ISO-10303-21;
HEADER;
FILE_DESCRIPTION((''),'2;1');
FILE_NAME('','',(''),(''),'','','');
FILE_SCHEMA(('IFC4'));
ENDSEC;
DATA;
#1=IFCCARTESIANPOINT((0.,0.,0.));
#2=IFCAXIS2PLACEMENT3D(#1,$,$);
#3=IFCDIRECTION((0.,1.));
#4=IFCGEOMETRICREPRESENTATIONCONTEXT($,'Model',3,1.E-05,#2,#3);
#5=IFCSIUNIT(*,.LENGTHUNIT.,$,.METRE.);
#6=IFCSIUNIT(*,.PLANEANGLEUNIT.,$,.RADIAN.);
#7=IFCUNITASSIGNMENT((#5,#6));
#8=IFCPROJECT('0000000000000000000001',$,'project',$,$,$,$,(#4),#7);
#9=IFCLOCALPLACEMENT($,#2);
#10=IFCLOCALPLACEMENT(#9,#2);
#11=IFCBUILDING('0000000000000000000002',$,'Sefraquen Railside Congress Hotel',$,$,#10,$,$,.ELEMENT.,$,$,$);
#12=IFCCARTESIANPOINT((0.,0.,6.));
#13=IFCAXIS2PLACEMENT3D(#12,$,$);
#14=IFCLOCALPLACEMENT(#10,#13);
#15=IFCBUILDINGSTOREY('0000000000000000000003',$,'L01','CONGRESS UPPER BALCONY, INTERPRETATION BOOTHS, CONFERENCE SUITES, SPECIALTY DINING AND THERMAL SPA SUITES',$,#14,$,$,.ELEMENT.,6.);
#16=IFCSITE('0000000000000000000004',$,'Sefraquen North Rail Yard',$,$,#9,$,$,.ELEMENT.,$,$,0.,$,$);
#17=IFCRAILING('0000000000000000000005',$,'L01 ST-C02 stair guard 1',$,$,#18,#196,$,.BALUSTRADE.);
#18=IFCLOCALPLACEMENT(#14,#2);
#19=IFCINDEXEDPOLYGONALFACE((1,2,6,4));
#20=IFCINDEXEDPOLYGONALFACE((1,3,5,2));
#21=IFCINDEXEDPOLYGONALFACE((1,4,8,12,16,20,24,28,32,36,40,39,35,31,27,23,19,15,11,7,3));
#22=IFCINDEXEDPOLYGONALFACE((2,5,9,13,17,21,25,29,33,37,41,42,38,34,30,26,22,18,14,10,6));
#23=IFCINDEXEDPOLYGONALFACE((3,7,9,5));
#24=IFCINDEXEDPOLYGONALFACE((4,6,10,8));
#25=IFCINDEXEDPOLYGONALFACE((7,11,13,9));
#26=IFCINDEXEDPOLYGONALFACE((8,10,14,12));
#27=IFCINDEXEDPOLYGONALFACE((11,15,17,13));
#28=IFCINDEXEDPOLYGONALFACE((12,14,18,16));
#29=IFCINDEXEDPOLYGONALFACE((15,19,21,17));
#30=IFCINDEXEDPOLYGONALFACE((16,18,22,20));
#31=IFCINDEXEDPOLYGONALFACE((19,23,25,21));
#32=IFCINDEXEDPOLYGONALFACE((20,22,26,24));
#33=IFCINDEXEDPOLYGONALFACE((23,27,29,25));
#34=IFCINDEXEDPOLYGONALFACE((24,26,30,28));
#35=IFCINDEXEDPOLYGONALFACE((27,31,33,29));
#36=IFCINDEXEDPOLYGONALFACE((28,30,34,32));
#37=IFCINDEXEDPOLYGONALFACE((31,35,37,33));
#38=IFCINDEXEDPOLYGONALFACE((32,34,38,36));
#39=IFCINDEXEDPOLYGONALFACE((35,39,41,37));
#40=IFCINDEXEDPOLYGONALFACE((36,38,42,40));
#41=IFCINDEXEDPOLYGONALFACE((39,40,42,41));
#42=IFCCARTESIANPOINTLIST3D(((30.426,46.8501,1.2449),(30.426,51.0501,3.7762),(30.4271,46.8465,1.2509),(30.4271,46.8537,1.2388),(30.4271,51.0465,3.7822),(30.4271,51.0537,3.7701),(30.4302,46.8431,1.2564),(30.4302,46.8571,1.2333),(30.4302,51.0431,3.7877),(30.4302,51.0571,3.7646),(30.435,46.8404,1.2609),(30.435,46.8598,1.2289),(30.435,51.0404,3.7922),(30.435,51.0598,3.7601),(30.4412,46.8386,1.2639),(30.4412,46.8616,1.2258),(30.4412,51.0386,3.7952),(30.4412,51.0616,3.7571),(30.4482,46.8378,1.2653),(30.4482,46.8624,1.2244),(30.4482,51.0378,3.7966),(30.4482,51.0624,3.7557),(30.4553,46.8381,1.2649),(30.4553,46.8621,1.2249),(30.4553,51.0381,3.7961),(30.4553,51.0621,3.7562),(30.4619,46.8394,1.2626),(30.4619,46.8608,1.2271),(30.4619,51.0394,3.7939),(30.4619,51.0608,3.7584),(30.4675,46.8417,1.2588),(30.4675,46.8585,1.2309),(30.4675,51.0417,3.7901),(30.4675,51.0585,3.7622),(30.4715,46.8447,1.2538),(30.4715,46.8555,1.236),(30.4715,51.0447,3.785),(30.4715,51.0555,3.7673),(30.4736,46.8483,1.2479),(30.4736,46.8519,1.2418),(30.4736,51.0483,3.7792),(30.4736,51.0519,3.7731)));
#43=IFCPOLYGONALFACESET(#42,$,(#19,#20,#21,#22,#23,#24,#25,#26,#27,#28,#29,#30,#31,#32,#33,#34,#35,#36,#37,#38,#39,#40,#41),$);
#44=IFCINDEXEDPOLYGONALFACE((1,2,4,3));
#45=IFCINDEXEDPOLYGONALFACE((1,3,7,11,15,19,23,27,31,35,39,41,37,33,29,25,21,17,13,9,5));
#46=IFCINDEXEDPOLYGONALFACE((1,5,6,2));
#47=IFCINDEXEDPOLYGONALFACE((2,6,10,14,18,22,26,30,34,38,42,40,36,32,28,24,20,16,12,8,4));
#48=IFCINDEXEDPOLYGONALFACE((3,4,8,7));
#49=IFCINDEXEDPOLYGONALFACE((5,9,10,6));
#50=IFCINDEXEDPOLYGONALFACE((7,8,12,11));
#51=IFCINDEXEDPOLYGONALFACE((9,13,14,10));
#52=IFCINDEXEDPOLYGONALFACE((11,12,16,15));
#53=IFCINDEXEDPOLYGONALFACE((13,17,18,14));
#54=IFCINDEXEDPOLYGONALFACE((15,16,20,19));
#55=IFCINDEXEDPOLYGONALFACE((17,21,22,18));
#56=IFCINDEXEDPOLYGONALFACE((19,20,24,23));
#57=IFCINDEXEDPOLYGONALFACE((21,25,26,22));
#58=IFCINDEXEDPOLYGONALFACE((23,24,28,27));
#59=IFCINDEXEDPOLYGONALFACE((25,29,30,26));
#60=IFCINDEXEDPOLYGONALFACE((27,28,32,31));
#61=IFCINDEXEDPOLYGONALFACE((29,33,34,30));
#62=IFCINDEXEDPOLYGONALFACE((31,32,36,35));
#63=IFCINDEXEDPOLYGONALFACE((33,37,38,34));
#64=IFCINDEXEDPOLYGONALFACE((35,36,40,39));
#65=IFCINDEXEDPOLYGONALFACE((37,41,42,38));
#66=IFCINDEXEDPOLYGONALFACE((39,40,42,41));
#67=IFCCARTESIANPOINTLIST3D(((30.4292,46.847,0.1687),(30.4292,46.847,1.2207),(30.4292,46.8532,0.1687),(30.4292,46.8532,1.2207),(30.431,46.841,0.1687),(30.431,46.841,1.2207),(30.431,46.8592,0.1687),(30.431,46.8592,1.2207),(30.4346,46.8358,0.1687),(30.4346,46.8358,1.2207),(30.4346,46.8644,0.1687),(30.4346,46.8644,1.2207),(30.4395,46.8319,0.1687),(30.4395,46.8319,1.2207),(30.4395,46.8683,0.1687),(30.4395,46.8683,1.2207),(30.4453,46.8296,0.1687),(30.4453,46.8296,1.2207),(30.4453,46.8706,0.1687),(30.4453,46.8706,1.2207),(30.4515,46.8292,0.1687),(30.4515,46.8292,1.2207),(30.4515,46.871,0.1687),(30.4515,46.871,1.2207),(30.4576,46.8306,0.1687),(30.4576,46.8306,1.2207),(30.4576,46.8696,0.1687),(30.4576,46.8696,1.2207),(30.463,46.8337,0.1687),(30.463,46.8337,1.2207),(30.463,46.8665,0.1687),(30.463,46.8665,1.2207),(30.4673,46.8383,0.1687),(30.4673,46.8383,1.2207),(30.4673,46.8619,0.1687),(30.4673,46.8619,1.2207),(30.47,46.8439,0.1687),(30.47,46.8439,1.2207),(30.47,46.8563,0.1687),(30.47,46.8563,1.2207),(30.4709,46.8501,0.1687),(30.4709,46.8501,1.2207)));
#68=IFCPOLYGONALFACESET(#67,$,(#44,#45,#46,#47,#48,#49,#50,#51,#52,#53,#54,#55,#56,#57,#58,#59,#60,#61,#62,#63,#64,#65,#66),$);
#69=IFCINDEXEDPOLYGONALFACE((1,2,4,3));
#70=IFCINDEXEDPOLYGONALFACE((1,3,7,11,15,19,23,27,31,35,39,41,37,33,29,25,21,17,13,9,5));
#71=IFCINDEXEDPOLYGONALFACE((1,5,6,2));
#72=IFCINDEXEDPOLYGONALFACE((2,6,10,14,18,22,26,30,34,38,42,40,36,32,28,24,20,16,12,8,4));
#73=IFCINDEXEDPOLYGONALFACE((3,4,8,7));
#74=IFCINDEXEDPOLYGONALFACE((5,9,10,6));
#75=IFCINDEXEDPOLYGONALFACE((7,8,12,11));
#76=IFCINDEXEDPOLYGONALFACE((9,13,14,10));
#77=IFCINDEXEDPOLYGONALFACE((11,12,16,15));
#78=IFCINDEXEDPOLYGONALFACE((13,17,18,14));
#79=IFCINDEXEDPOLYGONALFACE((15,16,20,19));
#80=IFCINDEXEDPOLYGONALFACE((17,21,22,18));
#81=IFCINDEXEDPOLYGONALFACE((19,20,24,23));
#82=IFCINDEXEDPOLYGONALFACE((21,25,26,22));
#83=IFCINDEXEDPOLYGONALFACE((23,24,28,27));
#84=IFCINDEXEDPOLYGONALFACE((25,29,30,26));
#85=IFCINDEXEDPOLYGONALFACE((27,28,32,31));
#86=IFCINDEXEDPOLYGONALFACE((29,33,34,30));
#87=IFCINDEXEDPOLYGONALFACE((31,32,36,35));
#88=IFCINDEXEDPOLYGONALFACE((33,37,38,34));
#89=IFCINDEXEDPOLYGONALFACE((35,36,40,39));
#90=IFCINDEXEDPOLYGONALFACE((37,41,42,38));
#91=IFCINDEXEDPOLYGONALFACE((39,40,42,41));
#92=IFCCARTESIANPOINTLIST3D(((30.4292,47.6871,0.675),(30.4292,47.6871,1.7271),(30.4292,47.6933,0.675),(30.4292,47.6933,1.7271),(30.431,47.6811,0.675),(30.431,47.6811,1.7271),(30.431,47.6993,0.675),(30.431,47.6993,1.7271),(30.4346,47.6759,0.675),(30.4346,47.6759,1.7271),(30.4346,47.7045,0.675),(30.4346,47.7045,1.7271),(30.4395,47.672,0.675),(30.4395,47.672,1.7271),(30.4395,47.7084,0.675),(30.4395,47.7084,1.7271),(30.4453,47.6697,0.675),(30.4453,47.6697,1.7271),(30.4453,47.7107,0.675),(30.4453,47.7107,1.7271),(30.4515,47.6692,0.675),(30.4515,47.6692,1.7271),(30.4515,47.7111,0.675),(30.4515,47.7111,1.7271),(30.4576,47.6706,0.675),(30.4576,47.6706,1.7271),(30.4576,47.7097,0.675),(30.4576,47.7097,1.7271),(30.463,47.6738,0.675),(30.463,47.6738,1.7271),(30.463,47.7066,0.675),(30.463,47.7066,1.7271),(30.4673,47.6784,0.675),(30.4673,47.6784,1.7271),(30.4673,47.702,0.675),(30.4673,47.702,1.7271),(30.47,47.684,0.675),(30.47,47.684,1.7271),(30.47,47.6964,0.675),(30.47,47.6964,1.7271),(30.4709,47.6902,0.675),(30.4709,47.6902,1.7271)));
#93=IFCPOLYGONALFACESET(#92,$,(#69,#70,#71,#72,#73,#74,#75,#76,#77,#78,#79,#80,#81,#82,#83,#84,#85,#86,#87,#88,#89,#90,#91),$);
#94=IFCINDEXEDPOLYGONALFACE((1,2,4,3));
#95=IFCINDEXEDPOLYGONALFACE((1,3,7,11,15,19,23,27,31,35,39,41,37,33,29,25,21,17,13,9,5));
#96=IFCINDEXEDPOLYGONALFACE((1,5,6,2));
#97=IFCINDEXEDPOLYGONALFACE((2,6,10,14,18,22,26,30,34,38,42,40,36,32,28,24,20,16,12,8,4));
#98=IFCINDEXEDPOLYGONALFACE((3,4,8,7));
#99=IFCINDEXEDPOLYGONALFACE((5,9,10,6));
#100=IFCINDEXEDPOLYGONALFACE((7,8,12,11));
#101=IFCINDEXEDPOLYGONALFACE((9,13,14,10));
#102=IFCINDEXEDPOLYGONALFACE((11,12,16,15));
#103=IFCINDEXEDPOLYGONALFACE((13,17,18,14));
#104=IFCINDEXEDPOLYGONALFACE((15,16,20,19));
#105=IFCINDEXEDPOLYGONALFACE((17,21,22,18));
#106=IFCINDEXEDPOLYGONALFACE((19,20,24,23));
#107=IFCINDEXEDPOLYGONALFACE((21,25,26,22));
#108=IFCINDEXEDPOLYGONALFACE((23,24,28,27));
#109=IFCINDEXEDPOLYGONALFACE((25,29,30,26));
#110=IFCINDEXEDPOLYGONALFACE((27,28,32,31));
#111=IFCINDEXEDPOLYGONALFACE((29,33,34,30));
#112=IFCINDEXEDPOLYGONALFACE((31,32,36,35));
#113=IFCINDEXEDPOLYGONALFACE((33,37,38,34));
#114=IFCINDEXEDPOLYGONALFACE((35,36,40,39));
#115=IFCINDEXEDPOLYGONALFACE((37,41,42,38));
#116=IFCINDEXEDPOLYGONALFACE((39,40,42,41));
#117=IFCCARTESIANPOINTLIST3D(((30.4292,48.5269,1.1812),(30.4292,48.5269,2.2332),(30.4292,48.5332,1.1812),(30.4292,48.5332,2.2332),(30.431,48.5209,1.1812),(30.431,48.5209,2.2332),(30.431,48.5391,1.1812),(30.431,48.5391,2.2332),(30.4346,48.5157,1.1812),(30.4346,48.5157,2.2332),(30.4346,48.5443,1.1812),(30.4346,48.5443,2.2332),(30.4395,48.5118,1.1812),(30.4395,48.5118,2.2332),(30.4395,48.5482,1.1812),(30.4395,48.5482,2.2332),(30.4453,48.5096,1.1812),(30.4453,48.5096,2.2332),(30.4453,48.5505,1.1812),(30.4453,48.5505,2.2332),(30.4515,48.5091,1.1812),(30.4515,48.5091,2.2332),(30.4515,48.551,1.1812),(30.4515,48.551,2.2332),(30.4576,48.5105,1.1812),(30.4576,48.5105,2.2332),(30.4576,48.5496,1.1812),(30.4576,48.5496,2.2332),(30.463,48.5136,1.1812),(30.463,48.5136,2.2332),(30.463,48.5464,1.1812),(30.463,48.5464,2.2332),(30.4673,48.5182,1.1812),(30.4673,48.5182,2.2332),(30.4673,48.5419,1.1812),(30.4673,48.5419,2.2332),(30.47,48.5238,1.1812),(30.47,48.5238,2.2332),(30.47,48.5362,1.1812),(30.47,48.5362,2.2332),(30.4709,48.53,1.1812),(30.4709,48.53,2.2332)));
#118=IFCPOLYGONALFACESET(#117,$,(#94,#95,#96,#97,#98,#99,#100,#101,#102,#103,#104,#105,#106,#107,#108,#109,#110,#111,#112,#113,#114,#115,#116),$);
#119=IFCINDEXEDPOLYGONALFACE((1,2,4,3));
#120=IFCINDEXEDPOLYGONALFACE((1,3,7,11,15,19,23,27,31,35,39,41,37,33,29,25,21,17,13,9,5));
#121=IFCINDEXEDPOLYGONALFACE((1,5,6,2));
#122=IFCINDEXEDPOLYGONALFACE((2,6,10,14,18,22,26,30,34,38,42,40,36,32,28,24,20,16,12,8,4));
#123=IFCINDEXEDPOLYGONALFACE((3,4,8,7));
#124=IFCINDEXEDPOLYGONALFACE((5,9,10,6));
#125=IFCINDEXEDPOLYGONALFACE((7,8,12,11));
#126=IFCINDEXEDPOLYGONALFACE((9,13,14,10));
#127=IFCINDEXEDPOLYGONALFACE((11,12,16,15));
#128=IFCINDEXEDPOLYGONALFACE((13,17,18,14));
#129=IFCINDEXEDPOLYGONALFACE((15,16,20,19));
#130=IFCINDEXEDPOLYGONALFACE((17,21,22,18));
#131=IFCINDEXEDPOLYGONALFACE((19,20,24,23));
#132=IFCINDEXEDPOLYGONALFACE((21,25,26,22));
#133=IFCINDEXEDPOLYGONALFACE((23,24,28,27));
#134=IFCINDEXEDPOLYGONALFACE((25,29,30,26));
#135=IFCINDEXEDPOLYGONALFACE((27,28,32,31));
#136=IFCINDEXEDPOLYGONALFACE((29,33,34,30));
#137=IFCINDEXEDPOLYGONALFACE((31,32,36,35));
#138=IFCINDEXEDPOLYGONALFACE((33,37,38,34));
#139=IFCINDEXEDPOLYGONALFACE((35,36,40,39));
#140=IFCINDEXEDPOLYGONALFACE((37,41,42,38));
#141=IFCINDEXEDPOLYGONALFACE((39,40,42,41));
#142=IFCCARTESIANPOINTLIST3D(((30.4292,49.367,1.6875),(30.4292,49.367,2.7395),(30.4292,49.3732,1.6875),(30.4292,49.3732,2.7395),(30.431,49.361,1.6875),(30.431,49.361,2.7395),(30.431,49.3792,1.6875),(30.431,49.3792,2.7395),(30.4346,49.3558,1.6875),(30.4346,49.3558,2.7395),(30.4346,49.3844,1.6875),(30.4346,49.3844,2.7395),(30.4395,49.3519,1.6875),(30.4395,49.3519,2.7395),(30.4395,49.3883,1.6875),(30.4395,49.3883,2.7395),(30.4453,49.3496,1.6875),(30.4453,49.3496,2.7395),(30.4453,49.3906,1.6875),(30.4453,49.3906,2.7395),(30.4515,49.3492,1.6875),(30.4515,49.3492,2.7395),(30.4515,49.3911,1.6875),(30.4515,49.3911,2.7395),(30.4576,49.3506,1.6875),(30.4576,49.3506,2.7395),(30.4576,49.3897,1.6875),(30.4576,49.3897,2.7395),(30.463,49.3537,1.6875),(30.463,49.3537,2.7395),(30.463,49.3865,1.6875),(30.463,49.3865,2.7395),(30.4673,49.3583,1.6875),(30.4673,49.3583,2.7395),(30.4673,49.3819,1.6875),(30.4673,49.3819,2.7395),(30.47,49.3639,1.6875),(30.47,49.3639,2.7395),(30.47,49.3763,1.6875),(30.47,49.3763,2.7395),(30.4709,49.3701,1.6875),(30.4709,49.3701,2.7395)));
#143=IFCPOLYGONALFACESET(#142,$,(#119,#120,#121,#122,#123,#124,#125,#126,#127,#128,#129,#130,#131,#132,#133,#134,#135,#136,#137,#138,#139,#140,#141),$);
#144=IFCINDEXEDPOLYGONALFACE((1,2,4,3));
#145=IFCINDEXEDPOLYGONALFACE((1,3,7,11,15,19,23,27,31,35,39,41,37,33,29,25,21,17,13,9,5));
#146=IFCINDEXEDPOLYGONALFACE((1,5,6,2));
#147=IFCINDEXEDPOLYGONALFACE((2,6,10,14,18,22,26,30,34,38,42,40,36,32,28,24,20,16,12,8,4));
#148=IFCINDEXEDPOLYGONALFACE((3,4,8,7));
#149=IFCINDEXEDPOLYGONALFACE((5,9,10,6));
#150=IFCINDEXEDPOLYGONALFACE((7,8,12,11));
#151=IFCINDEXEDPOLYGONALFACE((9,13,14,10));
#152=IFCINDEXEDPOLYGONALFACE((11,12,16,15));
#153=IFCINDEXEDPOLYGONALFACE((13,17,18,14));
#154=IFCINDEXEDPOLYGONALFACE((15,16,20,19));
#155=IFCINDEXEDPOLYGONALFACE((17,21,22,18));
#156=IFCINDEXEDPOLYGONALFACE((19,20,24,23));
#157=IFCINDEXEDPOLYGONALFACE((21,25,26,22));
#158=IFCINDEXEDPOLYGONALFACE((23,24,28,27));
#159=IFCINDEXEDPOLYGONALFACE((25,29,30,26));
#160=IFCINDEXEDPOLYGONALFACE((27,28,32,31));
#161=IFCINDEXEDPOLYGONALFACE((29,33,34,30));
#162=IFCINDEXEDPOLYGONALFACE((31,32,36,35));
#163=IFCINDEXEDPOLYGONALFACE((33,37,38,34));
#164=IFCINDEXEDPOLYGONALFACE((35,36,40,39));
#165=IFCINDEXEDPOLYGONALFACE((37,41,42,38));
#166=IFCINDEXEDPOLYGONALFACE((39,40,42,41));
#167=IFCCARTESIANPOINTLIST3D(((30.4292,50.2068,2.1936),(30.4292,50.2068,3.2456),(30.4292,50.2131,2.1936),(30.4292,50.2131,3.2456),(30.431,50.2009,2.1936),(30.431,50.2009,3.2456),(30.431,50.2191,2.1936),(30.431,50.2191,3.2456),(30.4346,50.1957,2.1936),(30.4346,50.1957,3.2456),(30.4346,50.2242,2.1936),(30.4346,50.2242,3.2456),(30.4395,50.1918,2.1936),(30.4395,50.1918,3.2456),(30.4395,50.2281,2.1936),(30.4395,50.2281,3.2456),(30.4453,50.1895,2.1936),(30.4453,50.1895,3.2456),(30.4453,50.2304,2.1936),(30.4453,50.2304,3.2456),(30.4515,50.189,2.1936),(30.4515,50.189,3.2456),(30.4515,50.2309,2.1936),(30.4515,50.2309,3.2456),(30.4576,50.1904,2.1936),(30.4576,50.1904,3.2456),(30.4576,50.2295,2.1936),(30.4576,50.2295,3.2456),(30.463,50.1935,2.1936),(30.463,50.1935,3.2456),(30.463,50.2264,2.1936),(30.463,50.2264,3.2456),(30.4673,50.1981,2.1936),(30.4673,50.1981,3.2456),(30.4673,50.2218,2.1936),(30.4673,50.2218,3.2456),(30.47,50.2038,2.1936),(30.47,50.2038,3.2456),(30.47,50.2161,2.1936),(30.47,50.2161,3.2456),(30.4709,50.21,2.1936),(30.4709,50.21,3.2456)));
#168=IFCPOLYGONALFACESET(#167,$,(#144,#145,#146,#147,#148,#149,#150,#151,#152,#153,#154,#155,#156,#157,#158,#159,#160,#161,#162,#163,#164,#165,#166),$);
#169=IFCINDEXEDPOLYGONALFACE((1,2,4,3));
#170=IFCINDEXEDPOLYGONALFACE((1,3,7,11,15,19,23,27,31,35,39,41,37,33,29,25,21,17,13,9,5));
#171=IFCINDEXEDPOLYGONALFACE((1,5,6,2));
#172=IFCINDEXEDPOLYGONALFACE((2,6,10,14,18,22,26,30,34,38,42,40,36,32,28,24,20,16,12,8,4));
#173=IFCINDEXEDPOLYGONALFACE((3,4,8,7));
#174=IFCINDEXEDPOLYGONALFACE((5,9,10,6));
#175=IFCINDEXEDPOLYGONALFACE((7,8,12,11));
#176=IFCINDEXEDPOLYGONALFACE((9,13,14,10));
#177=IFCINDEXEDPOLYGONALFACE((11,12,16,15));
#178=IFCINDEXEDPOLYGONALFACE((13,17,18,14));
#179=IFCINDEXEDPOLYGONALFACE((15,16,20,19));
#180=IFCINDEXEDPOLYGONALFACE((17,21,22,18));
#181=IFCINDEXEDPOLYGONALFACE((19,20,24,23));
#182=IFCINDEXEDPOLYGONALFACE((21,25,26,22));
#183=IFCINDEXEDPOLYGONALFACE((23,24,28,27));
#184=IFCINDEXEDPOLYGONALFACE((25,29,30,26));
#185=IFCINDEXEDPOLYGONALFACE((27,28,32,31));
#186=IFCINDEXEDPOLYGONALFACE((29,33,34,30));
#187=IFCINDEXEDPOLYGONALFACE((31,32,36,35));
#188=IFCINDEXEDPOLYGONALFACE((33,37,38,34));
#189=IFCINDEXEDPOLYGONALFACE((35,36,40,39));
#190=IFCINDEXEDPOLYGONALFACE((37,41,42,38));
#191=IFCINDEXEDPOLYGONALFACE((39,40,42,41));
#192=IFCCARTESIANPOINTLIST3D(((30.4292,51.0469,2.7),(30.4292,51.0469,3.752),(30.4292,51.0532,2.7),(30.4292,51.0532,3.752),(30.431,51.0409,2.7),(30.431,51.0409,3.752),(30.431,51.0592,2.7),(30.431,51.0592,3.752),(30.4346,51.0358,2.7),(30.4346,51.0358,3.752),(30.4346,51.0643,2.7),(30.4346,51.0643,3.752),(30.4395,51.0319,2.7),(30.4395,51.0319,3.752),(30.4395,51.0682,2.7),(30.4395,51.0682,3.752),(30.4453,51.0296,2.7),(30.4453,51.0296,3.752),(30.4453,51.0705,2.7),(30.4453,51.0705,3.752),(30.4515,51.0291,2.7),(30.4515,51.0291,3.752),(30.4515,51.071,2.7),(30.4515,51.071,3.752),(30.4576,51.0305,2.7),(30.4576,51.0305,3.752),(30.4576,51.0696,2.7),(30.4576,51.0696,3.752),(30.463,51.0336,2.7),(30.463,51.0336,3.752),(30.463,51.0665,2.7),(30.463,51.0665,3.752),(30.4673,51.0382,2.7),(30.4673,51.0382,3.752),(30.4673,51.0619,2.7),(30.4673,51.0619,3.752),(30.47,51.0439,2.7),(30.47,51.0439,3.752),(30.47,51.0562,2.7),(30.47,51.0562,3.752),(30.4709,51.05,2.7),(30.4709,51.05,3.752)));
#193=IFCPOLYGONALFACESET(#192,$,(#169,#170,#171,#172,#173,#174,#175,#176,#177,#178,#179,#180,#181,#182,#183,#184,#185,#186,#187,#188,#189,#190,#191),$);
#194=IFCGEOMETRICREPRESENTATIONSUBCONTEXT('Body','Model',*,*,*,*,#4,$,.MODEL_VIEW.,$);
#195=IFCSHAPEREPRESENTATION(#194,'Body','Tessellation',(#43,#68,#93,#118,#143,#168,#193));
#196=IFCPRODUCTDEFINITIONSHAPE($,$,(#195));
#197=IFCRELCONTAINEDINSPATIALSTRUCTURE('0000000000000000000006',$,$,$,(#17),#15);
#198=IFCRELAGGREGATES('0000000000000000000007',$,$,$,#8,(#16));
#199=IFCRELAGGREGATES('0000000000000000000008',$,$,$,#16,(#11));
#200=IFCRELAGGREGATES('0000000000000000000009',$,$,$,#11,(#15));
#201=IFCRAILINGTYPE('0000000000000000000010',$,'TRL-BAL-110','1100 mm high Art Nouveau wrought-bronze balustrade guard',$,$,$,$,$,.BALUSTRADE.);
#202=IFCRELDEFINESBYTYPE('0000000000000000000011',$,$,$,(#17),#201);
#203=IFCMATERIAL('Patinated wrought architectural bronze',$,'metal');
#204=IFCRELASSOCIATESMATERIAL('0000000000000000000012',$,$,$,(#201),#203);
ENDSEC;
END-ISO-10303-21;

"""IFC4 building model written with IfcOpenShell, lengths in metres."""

from ifc_helpers import new_model, si_unit, direction, frame, origin, origin_2d, place, context, subcontext, project, spatial, circle, extrude, material, type_object, element, save


model = new_model("IFC4")

# Units and contexts
model_context = context("Model", 3, precision=1e-05, world=origin(), true_north=direction((0.0, 1.0)))
body_context = subcontext(model_context, "Body", "Model", "MODEL_VIEW")
ifc_project = project(units=[si_unit("LENGTHUNIT", "METRE"), si_unit("PLANEANGLEUNIT", "RADIAN")], contexts=[model_context])

# Site, building, storey
site_placement = place(None, origin())
site = spatial("IfcSite", under=ifc_project, at=site_placement, Name="Sefraquen North Rail Yard", CompositionType="ELEMENT", RefElevation=0.0)
building_placement = place(site_placement, origin())
building = spatial("IfcBuilding", under=site, at=building_placement, Name="Sefraquen Railside Congress Hotel", CompositionType="ELEMENT")
storey_placement = place(building_placement, frame((0.0, 0.0, 6.0)))
storey = spatial("IfcBuildingStorey", under=building, at=storey_placement, Name="L01", Description="CONGRESS UPPER BALCONY, INTERPRETATION BOOTHS, CONFERENCE SUITES, SPECIALTY DINING AND THERMAL SPA SUITES", CompositionType="ELEMENT", Elevation=6.0)

# Railing
ifc_material_1 = material(Name="Patinated wrought architectural bronze", Category="metal")
railing_type_1 = type_object("IfcRailingType", Name="TRL-BAL-110", Description="1100 mm high Art Nouveau wrought-bronze balustrade guard", PredefinedType="BALUSTRADE", material=ifc_material_1)
railing_1_placement = place(storey_placement, frame((30.45, 46.8501, 0.1687)))
element("IfcRailing", 1, at=railing_1_placement, inside=storey, type_object=railing_type_1, Name="L01 ST-C02 stair guard 1", PredefinedType="BALUSTRADE", context=body_context, shape_type="SweptSolid", body=[
    extrude(circle(Radius=0.0239, at=origin_2d()), frame((0.0, 0.0, 1.0762), z_axis=(0.0, 0.856476, 0.516186), x_axis=(-1.0, 0.0, 0.0)), (0.0, 0.0, 1.0), 4.9038),
    extrude(circle(Radius=0.021, at=origin_2d()), origin(), (0.0, 0.0, 1.0), 1.052),
    extrude(circle(Radius=0.021, at=origin_2d()), frame((0.0, 0.8401, 0.5063)), (0.0, 0.0, 1.0), 1.052),
    extrude(circle(Radius=0.021, at=origin_2d()), frame((0.0, 1.6799, 1.0125)), (0.0, 0.0, 1.0), 1.052),
    extrude(circle(Radius=0.021, at=origin_2d()), frame((0.0, 2.52, 1.5188)), (0.0, 0.0, 1.0), 1.052),
    extrude(circle(Radius=0.021, at=origin_2d()), frame((0.0, 3.3599, 2.0249)), (0.0, 0.0, 1.0), 1.052),
    extrude(circle(Radius=0.021, at=origin_2d()), frame((0.0, 4.2, 2.5312)), (0.0, 0.0, 1.0), 1.052),
])

save(model, "model.ifc")
